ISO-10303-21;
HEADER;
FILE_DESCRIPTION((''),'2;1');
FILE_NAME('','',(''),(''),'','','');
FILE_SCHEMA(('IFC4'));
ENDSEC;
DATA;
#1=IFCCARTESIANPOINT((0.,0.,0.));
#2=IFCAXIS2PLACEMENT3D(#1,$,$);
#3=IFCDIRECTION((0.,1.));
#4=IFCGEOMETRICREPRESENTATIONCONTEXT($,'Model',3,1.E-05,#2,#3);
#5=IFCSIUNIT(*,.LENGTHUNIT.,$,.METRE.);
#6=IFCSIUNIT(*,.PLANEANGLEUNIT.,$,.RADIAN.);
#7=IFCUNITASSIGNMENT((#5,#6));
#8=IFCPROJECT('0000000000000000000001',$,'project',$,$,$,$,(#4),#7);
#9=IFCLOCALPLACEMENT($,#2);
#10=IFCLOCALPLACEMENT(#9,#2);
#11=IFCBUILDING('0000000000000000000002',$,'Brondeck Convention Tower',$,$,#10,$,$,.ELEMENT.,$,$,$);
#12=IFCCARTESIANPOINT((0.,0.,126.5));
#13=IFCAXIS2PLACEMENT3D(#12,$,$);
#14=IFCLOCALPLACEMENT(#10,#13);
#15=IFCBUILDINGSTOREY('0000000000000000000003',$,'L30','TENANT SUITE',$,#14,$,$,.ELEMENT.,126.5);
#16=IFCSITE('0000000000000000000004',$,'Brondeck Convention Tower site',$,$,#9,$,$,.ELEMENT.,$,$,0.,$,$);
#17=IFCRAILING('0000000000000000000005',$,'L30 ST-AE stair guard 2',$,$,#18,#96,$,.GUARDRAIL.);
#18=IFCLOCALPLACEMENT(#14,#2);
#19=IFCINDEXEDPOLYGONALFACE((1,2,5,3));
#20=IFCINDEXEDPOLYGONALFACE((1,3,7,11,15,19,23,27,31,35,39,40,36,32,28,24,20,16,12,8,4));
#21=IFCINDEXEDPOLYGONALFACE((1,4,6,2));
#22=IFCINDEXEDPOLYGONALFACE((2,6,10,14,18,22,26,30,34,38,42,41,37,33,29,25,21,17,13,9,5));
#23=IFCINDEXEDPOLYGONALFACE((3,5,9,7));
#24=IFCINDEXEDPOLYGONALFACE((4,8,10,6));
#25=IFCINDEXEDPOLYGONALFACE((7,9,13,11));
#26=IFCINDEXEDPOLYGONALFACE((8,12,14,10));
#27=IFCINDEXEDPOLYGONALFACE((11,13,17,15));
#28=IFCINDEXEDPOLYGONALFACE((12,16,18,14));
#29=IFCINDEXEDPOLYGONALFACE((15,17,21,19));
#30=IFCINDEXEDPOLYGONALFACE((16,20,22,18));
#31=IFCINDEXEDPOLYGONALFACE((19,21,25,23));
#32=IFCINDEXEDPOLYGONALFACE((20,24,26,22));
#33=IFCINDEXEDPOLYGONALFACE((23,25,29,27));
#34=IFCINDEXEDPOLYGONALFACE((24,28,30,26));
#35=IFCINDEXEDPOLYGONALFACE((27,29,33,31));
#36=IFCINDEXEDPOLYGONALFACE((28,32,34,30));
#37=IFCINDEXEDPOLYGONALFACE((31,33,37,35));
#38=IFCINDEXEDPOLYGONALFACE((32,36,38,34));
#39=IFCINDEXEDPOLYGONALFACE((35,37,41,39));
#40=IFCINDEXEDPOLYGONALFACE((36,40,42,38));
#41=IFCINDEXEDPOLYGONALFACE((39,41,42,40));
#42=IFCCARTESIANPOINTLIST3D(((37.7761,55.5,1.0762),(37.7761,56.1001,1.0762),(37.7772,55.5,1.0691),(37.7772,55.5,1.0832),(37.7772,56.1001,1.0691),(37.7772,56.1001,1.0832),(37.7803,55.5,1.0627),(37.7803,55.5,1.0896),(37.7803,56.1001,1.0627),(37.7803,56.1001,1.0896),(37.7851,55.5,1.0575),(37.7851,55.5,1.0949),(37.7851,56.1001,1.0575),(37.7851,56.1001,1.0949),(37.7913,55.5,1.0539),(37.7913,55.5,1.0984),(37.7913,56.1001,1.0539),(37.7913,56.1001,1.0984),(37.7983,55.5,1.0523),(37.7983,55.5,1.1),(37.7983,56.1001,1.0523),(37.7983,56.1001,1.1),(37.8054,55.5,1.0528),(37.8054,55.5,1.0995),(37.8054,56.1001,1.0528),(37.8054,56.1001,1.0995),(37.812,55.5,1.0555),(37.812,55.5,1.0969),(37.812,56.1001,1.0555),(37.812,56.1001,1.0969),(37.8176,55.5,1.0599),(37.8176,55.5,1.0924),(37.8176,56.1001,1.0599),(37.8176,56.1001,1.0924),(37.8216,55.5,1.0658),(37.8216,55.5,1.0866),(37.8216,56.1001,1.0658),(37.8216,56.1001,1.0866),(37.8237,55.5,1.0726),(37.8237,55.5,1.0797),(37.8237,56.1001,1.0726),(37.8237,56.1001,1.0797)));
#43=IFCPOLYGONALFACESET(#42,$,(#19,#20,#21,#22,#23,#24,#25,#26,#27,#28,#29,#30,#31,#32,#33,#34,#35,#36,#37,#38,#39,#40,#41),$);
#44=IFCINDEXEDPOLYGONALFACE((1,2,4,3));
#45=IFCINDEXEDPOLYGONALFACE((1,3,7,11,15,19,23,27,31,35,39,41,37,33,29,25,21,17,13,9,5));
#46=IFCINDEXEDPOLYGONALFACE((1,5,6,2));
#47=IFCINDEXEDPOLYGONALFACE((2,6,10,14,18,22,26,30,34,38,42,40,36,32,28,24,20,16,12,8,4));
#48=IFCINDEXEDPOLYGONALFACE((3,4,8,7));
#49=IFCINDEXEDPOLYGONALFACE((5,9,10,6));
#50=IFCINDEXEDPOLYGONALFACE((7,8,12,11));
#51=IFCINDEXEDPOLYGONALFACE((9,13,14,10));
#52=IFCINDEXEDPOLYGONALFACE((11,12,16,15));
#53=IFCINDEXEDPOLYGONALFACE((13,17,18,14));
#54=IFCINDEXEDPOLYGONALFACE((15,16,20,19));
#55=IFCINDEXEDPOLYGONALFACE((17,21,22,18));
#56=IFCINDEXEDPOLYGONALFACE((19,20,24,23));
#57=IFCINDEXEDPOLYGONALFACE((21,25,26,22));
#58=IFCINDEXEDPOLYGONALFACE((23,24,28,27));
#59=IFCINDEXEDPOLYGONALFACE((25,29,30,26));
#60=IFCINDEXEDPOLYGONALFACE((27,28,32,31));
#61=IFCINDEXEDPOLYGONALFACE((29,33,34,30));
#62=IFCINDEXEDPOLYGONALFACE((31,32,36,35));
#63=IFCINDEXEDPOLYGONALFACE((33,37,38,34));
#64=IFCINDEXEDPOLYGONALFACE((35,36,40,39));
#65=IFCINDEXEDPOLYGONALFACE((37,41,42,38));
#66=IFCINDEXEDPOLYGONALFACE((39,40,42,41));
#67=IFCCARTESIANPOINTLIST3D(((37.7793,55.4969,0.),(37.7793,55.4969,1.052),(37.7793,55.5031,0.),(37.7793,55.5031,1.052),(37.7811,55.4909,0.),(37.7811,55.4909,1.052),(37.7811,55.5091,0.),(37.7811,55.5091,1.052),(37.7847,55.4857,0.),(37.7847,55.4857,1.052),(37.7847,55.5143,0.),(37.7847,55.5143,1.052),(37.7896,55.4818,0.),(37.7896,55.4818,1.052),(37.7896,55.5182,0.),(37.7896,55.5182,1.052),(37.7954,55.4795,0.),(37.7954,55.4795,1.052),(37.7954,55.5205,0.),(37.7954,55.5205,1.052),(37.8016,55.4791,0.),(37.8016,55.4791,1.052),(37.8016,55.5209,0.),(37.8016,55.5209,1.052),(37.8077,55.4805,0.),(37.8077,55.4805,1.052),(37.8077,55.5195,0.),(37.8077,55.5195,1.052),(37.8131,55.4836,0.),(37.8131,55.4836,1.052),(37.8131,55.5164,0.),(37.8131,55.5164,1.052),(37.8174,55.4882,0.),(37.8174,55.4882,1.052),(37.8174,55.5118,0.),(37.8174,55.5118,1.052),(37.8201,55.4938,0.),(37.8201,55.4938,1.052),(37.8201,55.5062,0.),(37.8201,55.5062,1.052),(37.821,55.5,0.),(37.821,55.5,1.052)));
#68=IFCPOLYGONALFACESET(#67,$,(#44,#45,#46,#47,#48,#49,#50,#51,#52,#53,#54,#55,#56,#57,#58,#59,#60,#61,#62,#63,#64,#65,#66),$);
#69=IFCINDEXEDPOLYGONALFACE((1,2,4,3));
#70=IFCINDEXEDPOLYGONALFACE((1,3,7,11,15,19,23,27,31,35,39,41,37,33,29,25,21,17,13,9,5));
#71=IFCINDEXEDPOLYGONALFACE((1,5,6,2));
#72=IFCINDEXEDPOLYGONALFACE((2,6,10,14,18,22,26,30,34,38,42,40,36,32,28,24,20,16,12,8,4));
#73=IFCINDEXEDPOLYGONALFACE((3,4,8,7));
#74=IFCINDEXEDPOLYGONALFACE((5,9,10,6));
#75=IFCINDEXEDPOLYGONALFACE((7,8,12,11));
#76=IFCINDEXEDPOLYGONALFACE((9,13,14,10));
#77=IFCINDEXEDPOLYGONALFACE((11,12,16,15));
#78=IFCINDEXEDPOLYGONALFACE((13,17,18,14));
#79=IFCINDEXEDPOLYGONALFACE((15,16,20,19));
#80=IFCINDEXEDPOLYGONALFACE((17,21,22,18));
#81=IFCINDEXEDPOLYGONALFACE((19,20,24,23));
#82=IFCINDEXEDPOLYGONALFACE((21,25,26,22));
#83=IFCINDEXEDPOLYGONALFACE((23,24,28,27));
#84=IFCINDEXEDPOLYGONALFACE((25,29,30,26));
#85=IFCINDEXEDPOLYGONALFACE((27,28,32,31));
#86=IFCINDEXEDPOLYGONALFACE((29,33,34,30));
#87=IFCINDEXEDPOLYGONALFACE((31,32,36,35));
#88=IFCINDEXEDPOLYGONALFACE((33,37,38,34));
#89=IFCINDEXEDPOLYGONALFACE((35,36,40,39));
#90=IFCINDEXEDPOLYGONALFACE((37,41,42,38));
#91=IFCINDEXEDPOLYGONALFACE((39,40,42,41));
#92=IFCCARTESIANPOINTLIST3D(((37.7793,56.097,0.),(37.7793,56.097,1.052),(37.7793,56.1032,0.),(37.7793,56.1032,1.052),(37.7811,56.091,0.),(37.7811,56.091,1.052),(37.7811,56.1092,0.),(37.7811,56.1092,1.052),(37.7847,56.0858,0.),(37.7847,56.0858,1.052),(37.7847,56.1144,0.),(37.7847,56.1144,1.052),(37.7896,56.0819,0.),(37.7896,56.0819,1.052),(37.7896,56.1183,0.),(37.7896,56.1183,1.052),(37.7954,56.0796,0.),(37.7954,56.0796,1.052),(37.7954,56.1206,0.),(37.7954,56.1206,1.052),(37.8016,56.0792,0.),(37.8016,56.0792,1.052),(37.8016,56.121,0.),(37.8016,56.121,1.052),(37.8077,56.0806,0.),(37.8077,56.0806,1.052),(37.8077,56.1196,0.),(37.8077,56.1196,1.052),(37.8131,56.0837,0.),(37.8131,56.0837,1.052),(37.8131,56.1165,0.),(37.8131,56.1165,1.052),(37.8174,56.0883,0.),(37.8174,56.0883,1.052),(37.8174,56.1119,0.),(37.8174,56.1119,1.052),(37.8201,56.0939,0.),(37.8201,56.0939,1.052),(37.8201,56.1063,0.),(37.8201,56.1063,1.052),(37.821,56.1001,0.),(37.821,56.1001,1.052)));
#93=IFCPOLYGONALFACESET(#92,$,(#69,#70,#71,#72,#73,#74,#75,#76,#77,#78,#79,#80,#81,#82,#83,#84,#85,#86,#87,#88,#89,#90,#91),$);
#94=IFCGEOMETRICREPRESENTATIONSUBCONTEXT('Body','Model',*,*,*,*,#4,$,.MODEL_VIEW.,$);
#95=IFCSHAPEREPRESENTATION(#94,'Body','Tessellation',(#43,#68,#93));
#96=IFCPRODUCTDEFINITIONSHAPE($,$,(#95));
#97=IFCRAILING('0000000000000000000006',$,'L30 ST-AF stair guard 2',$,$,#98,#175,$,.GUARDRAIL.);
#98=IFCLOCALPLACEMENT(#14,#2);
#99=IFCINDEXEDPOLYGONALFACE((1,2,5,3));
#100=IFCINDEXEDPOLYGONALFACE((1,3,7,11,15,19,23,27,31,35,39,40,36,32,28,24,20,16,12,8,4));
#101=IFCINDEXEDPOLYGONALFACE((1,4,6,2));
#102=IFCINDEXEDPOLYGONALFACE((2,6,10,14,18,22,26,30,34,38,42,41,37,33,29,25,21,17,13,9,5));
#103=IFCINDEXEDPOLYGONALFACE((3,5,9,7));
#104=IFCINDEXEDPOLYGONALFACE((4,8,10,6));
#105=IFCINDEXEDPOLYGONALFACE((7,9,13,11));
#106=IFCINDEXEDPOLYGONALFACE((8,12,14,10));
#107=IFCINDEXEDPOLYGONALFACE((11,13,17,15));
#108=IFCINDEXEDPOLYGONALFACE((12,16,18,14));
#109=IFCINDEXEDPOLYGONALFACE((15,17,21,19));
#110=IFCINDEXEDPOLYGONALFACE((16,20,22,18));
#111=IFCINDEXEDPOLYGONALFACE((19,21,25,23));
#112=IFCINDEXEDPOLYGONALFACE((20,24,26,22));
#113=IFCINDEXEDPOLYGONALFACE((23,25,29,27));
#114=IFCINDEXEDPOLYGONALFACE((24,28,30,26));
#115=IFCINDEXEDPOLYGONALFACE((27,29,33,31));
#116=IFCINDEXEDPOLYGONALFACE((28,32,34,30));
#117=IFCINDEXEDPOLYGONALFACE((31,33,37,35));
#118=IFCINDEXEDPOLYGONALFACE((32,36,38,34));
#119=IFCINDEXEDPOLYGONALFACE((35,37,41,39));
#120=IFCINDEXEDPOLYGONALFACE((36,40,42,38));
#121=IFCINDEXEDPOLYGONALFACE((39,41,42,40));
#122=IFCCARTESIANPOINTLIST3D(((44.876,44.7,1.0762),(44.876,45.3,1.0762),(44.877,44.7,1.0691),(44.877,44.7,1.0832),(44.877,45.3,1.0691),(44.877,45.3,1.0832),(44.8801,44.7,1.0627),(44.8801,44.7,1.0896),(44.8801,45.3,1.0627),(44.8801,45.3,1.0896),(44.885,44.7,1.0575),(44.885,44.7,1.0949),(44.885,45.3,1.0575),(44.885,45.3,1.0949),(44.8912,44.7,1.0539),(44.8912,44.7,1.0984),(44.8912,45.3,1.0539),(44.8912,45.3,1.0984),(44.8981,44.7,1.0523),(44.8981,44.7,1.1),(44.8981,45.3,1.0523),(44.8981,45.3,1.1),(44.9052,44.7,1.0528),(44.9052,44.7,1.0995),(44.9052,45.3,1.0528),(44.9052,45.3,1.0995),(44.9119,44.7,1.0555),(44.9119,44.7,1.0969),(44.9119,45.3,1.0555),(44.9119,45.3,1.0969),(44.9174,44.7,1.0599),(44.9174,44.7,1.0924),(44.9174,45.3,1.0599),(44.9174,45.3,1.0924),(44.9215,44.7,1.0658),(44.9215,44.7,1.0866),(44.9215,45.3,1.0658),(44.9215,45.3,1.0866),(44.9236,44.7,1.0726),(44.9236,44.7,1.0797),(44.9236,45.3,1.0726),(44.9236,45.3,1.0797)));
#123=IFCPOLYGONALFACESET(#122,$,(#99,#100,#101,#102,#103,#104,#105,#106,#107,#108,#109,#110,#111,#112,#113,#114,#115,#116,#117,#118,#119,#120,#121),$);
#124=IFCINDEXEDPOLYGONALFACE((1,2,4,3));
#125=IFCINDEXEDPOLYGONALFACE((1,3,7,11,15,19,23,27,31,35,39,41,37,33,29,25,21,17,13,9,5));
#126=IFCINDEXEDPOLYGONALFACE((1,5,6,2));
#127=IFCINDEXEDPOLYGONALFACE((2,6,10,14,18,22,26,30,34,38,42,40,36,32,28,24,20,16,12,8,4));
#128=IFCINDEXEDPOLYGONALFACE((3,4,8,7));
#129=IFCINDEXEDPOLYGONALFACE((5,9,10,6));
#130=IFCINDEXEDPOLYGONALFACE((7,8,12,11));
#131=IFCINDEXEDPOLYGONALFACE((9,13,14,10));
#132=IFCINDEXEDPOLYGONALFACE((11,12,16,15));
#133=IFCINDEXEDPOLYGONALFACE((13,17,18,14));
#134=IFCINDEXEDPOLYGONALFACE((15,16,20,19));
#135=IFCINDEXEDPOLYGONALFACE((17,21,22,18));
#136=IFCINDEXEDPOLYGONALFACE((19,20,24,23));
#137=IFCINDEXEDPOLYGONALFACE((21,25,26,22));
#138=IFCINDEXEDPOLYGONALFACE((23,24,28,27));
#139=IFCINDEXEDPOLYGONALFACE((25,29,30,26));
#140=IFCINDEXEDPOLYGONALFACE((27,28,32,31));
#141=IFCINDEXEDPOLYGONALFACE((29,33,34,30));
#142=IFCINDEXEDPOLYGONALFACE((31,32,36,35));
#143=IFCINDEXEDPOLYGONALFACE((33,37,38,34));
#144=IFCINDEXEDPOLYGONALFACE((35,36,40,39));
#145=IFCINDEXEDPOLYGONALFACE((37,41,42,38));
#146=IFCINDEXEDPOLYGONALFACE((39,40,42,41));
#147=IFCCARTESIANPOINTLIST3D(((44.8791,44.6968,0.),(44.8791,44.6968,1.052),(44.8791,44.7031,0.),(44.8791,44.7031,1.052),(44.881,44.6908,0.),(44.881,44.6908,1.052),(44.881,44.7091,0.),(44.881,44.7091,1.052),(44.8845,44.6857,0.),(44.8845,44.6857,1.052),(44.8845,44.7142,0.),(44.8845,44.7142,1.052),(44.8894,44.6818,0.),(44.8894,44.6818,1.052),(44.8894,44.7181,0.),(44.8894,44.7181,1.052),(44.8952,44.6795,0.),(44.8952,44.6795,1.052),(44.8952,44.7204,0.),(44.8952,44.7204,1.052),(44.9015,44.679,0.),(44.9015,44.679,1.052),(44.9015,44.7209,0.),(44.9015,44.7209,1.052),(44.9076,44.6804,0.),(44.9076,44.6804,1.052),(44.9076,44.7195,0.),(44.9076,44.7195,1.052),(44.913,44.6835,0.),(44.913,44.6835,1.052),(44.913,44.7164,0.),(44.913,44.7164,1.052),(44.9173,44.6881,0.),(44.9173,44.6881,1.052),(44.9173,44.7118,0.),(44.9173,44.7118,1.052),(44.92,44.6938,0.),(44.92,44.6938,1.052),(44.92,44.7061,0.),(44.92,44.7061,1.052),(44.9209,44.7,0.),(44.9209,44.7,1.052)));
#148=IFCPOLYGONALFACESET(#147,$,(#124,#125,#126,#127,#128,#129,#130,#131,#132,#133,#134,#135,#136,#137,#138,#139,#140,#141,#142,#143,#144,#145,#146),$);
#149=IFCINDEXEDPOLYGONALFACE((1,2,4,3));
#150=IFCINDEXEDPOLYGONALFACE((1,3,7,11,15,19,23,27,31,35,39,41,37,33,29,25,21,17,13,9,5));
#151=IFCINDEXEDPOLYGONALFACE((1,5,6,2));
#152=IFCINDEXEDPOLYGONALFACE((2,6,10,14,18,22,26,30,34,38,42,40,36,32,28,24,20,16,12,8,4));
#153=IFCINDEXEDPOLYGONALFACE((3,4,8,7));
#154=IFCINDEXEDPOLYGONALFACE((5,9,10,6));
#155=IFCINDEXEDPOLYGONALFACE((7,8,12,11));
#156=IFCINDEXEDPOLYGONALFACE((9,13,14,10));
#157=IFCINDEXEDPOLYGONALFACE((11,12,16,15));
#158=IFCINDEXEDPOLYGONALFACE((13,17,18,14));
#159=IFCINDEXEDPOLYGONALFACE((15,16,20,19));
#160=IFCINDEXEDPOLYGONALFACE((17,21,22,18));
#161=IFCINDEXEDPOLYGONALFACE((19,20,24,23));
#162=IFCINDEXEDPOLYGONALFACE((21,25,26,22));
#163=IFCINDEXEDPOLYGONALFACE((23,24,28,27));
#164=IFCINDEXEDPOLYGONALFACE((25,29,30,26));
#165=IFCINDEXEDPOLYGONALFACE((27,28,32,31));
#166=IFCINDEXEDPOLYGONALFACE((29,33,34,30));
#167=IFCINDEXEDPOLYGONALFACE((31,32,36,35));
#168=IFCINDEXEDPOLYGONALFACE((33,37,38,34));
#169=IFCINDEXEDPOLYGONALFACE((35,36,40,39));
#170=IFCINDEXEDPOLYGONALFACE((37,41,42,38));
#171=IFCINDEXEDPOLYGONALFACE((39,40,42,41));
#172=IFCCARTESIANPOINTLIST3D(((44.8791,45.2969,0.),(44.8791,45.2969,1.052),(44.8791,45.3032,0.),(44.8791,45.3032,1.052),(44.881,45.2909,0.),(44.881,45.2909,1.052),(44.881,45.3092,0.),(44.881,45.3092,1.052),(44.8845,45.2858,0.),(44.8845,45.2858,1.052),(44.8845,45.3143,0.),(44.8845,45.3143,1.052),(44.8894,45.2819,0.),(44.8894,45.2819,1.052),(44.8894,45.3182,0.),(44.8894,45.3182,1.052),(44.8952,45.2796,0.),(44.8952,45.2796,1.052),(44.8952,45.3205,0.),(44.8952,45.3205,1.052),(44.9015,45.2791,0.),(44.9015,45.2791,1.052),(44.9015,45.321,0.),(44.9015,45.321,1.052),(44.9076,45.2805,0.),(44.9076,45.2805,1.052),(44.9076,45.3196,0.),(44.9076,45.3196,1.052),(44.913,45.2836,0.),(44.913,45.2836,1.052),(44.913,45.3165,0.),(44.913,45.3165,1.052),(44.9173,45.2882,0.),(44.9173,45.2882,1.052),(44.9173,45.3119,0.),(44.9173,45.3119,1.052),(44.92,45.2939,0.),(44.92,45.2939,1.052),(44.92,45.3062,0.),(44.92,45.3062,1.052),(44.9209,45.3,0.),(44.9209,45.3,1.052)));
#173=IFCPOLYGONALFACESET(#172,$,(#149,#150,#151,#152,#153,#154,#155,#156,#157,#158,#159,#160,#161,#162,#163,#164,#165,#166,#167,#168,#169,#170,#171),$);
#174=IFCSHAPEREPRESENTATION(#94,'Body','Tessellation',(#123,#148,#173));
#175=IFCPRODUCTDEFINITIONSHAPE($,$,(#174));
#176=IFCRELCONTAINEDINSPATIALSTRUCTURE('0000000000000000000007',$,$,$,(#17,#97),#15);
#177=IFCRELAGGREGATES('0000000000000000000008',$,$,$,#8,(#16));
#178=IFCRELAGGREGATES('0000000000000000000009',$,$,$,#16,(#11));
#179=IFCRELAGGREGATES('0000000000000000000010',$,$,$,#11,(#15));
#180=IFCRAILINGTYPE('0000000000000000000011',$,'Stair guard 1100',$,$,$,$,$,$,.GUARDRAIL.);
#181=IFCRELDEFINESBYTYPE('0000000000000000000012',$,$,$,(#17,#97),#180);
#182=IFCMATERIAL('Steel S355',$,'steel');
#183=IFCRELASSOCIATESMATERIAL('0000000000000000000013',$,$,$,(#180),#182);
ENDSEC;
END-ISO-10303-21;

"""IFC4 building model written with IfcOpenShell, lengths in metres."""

from ifc_helpers import new_model, si_unit, direction, frame, origin, origin_2d, place, context, subcontext, project, spatial, circle, extrude, material, type_object, element, save


model = new_model("IFC4")

# Units and contexts
model_context = context("Model", 3, precision=1e-05, world=origin(), true_north=direction((0.0, 1.0)))
body_context = subcontext(model_context, "Body", "Model", "MODEL_VIEW")
ifc_project = project(units=[si_unit("LENGTHUNIT", "METRE"), si_unit("PLANEANGLEUNIT", "RADIAN")], contexts=[model_context])

# Site, building, storey
site_placement = place(None, origin())
site = spatial("IfcSite", under=ifc_project, at=site_placement, Name="Brondeck Convention Tower site", CompositionType="ELEMENT", RefElevation=0.0)
building_placement = place(site_placement, origin())
building = spatial("IfcBuilding", under=site, at=building_placement, Name="Brondeck Convention Tower", CompositionType="ELEMENT")
storey_placement = place(building_placement, frame((0.0, 0.0, 126.5)))
storey = spatial("IfcBuildingStorey", under=building, at=storey_placement, Name="L30", Description="TENANT SUITE", CompositionType="ELEMENT", Elevation=126.5)

# Shared definitions
ifc_material_1 = material(Name="Steel S355", Category="steel")

# Railings
railing_type_1 = type_object("IfcRailingType", Name="Stair guard 1100", PredefinedType="GUARDRAIL", material=ifc_material_1)
railing_1_placement = place(storey_placement, frame((37.8, 55.5, 0.0)))
element("IfcRailing", 1, at=railing_1_placement, inside=storey, type_object=railing_type_1, Name="L30 ST-AE stair guard 2", PredefinedType="GUARDRAIL", context=body_context, shape_type="SweptSolid", body=[
    extrude(circle(Radius=0.0239, at=origin_2d()), frame((0.0, 0.0, 1.0762), z_axis=(0.0, 1.0, 0.0), x_axis=(-1.0, 0.0, 0.0)), (0.0, 0.0, 1.0), 0.6001),
    extrude(circle(Radius=0.021, at=origin_2d()), origin(), (0.0, 0.0, 1.0), 1.052),
    extrude(circle(Radius=0.021, at=origin_2d()), frame((0.0, 0.6001, 0.0)), (0.0, 0.0, 1.0), 1.052),
])
railing_2_placement = place(storey_placement, frame((44.8999, 44.7, 0.0)))
element("IfcRailing", 2, at=railing_2_placement, inside=storey, type_object=railing_type_1, Name="L30 ST-AF stair guard 2", PredefinedType="GUARDRAIL", context=body_context, shape_type="SweptSolid", body=[
    extrude(circle(Radius=0.0239, at=origin_2d()), frame((0.0, 0.0, 1.0762), z_axis=(0.0, 1.0, 0.0), x_axis=(-1.0, 0.0, 0.0)), (0.0, 0.0, 1.0), 0.6001),
    extrude(circle(Radius=0.021, at=origin_2d()), origin(), (0.0, 0.0, 1.0), 1.052),
    extrude(circle(Radius=0.021, at=origin_2d()), frame((0.0, 0.6001, 0.0)), (0.0, 0.0, 1.0), 1.052),
])

save(model, "model.ifc")
